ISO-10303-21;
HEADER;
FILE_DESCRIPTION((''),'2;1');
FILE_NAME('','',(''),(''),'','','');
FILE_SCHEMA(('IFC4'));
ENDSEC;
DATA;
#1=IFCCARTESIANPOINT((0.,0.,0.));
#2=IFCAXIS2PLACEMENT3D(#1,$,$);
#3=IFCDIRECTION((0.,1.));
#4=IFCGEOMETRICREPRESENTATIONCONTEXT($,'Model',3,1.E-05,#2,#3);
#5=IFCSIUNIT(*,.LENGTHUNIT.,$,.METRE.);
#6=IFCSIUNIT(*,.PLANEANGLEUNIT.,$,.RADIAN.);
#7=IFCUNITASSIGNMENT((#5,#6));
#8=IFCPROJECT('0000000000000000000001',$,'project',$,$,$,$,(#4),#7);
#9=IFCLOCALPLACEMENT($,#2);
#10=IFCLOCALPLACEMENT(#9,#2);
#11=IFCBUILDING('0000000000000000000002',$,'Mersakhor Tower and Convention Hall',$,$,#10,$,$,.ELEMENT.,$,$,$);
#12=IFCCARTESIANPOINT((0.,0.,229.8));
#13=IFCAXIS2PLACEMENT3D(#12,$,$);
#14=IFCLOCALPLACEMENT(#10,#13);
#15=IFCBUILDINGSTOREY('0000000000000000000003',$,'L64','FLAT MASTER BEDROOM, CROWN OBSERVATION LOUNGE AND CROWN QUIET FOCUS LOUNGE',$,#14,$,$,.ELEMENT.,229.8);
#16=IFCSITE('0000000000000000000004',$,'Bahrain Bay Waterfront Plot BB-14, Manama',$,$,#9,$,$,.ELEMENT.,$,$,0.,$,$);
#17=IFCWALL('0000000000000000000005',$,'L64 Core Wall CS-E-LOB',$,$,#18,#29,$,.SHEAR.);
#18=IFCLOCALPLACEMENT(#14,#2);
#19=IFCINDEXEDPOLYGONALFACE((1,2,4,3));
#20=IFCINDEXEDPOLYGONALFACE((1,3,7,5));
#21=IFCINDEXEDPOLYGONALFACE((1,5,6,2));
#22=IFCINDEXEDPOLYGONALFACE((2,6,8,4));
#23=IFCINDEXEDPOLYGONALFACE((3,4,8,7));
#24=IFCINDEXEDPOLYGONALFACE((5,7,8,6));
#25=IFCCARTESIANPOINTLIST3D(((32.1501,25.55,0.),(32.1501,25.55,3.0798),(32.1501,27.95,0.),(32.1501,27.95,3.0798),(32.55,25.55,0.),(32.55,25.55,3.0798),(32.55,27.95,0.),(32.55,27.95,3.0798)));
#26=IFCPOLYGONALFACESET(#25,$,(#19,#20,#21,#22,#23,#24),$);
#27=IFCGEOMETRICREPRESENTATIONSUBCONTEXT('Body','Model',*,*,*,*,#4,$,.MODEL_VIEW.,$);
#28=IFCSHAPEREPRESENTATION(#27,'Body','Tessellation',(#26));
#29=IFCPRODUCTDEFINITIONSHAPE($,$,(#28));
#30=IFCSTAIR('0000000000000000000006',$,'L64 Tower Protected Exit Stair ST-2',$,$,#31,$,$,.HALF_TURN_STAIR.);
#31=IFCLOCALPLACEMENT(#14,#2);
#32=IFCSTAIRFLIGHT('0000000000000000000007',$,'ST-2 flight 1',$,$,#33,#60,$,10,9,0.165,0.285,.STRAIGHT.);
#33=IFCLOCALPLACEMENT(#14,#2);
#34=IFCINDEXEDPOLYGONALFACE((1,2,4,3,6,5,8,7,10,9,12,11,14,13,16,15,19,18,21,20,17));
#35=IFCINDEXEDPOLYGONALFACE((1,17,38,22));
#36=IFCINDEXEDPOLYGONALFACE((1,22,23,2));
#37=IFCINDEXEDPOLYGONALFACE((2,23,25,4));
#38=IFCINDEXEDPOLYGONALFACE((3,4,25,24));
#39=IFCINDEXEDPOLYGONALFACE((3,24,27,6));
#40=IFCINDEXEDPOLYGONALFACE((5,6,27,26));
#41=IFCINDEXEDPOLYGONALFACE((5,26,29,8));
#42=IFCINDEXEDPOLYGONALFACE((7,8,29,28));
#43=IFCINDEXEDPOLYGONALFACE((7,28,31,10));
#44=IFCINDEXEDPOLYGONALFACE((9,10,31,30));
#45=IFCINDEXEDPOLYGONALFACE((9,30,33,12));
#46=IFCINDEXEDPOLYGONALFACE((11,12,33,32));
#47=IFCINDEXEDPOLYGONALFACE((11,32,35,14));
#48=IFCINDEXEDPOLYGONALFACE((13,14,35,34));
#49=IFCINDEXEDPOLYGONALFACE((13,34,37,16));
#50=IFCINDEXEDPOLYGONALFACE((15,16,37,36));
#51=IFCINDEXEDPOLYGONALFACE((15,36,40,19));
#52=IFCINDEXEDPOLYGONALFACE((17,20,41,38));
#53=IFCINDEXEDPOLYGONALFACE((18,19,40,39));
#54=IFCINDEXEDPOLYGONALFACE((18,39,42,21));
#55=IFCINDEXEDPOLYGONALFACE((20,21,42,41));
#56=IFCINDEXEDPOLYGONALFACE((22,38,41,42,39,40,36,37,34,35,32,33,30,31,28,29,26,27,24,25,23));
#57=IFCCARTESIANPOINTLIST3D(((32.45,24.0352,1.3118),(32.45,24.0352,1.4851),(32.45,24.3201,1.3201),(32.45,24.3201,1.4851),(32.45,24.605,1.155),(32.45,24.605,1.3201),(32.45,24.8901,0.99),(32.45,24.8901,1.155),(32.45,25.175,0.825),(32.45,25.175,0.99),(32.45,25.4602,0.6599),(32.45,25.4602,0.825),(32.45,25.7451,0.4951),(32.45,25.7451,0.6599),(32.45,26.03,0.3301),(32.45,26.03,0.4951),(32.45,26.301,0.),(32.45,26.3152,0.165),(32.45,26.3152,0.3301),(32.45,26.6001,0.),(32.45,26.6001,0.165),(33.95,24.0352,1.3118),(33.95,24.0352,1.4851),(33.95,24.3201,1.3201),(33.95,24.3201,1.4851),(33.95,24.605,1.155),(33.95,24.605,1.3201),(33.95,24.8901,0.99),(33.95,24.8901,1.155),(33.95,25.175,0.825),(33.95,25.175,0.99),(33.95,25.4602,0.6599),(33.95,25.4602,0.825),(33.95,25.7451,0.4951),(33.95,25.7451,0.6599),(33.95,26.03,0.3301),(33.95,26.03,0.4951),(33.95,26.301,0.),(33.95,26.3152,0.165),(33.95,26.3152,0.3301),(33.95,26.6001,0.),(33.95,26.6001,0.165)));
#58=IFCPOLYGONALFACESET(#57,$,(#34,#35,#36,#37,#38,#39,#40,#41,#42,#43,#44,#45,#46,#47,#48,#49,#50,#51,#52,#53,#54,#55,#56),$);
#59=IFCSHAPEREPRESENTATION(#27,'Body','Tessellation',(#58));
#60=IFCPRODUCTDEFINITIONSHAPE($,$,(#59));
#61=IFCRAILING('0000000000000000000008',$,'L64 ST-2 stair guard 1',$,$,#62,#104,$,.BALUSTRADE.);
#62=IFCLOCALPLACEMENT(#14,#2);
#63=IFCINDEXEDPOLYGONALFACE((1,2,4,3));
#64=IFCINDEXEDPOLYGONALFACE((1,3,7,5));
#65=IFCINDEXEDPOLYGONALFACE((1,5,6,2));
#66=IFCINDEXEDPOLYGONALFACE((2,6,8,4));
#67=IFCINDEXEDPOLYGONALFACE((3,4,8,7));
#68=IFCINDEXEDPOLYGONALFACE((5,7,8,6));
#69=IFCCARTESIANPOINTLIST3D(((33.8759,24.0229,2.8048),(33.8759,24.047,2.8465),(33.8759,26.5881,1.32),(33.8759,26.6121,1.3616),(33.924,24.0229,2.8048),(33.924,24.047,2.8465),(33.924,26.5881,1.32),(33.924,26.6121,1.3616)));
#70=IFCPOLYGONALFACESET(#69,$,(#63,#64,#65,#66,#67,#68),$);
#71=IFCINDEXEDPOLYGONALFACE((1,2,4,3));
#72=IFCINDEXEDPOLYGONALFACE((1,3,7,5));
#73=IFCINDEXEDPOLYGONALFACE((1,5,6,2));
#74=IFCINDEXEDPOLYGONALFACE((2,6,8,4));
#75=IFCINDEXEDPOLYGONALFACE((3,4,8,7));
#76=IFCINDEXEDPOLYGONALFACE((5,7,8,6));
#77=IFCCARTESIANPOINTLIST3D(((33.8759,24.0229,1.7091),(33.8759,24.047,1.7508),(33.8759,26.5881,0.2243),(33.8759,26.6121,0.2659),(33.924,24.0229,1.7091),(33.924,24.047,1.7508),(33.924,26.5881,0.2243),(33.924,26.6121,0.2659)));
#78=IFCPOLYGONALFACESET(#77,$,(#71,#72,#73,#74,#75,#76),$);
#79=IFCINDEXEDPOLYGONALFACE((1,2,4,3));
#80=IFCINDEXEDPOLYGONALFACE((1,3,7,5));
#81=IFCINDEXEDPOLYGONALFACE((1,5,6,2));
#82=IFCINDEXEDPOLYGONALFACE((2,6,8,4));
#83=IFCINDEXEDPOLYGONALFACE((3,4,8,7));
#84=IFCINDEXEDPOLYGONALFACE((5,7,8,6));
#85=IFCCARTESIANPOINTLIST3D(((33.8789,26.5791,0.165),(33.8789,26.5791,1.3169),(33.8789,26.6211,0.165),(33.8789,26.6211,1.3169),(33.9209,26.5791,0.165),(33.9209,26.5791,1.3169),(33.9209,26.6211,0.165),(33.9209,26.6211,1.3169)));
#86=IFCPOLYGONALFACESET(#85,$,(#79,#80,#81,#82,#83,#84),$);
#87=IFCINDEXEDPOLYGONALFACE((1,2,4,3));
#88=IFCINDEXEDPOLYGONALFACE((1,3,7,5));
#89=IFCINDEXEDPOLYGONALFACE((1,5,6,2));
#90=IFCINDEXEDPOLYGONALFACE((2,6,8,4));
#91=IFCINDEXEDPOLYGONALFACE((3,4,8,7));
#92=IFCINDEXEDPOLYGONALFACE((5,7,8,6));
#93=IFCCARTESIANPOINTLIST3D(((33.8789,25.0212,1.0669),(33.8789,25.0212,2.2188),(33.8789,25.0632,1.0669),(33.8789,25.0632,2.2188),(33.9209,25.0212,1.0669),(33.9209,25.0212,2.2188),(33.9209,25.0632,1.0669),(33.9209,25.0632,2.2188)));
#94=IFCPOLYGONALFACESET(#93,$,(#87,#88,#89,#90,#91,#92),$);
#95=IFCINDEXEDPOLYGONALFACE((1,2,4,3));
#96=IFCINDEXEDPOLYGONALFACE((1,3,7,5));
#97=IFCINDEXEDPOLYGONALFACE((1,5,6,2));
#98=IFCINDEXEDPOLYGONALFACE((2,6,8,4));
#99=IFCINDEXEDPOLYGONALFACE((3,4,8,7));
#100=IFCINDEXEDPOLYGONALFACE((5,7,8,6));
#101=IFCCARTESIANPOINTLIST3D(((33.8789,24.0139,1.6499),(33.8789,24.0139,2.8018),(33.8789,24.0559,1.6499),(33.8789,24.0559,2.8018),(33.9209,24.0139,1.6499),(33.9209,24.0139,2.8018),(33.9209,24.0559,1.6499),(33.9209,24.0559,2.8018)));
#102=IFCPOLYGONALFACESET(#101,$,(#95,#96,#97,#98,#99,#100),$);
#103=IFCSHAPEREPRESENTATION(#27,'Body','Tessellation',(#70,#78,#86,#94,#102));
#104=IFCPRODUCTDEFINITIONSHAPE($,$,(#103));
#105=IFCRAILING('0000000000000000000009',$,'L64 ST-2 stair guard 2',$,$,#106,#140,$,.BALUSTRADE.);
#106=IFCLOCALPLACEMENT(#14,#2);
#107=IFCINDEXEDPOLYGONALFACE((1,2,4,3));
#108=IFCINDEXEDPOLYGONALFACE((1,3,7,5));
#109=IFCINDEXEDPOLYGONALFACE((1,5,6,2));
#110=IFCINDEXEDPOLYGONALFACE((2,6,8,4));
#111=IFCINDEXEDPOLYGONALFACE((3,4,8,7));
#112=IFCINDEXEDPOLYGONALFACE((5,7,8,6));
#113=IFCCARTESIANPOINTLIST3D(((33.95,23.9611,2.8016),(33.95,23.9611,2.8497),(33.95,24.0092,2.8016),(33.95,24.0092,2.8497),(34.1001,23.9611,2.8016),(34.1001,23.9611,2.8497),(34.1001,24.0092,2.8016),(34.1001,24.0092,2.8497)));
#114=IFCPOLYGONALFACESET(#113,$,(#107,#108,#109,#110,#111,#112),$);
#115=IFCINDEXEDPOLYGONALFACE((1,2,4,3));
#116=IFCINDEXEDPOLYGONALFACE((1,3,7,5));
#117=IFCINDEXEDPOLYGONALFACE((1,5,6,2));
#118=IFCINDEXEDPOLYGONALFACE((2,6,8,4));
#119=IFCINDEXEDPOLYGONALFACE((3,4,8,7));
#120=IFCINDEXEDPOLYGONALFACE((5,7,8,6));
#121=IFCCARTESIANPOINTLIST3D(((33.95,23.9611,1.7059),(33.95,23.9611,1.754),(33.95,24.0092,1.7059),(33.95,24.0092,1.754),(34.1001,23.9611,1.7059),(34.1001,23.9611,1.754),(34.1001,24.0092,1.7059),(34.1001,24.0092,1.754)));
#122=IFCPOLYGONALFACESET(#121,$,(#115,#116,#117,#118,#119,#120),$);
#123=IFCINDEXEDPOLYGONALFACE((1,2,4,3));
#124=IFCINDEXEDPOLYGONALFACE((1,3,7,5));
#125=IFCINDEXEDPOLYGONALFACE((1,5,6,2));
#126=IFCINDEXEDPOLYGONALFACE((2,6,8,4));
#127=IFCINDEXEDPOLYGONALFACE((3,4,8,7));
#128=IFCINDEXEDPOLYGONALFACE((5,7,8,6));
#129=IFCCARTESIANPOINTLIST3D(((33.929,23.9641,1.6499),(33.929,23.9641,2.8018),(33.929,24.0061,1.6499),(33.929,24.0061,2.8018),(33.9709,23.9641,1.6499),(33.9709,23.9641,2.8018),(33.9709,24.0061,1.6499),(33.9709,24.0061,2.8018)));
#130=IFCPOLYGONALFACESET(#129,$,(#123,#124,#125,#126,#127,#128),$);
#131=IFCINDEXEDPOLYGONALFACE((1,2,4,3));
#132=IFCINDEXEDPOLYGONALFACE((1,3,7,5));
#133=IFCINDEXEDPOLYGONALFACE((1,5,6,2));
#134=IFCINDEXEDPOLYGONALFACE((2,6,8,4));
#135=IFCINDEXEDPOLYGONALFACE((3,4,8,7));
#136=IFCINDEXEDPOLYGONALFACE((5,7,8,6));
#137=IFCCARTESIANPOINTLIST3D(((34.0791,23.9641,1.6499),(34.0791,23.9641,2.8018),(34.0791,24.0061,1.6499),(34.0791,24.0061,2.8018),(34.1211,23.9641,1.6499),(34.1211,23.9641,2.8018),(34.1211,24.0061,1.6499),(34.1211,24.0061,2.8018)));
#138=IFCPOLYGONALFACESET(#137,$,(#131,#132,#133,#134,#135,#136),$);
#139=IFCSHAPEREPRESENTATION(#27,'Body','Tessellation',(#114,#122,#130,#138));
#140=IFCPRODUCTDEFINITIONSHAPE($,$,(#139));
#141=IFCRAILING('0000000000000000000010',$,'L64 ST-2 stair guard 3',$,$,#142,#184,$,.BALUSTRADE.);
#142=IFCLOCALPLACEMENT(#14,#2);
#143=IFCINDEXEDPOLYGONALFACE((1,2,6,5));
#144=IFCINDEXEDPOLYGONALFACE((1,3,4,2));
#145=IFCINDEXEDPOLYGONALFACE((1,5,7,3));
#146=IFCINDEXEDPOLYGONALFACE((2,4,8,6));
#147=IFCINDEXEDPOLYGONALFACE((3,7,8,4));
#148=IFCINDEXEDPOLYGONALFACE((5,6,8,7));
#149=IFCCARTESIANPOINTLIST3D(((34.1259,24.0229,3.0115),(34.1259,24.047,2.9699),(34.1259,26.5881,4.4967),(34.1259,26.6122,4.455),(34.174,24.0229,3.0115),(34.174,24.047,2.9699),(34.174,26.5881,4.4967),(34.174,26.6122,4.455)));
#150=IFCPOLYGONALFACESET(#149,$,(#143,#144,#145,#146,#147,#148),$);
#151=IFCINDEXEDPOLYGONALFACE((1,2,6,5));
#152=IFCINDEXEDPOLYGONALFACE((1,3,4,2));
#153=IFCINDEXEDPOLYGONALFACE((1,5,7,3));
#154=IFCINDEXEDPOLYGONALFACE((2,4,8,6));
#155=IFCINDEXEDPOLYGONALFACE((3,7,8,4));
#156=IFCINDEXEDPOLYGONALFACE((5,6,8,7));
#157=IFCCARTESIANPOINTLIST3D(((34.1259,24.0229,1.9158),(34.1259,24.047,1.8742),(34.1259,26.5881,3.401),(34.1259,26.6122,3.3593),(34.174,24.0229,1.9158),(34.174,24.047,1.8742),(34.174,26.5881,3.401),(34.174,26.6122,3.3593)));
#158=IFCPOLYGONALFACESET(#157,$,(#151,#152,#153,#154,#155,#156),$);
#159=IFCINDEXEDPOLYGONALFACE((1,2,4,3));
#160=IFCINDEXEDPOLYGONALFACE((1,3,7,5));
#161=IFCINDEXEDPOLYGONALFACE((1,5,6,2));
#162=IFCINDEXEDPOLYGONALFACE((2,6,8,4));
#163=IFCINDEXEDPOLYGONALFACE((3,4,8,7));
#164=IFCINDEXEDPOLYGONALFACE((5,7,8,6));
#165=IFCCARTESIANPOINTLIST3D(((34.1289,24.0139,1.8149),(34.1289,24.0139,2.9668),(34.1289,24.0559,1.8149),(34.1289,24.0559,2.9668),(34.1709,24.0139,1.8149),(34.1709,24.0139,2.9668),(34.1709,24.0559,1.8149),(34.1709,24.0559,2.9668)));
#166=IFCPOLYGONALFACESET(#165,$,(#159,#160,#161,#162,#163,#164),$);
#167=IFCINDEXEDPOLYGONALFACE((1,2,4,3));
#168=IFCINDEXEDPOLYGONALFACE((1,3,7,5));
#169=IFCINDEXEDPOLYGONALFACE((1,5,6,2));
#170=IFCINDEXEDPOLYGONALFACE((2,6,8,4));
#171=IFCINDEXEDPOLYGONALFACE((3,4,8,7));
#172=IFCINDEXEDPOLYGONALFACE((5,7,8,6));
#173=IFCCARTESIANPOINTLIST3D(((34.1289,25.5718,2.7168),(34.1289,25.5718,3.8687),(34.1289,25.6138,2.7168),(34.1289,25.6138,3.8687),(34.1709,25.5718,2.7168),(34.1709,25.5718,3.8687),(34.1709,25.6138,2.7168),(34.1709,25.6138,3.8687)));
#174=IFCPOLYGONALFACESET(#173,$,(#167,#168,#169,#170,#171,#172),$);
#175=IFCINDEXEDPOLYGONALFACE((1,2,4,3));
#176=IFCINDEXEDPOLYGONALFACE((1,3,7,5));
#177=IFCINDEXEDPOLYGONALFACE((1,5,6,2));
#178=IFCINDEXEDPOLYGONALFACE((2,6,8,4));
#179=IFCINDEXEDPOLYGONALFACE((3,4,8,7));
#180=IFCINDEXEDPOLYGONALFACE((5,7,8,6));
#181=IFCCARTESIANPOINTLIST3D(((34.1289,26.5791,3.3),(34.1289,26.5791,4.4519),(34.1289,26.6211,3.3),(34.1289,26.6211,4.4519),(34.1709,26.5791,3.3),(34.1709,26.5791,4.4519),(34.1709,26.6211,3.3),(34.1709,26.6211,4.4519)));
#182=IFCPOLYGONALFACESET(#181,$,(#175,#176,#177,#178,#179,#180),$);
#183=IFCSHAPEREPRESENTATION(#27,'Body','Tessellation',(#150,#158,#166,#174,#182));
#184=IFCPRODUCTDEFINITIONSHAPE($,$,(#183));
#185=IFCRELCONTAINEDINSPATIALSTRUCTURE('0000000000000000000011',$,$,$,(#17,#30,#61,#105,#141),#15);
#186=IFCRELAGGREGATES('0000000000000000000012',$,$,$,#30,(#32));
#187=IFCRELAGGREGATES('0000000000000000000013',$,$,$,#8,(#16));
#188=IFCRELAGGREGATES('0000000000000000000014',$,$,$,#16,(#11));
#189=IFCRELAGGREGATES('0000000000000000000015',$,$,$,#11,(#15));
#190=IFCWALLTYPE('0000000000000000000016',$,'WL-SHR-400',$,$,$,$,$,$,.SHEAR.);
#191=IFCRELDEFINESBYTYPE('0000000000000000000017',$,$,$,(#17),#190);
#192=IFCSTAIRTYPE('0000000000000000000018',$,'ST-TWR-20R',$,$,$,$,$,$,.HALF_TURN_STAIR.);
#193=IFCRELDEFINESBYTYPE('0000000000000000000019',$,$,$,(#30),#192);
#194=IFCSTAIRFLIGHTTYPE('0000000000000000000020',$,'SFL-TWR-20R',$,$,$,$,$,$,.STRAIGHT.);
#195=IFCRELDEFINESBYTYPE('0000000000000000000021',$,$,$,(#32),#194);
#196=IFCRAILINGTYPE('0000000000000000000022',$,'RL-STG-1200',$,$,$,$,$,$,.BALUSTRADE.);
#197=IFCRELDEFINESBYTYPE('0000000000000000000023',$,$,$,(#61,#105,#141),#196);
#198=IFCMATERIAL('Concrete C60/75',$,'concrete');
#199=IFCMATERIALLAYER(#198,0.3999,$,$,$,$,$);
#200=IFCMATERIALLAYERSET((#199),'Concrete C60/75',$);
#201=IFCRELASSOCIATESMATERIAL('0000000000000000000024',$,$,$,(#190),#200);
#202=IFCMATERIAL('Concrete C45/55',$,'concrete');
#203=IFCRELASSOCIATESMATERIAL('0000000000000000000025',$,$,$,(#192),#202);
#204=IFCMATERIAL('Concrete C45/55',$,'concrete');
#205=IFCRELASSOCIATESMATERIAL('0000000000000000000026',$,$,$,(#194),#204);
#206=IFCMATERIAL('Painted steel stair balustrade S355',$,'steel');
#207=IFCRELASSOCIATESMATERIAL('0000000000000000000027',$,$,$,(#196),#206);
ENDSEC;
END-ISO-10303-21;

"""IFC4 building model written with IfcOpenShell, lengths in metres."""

from ifc_helpers import new_model, si_unit, direction, frame, frame_2d, origin, origin_2d, place, context, subcontext, project, spatial, polyline, rectangle, outline, extrude, material, layer, layer_set, type_object, element, aggregate, save


model = new_model("IFC4")

# Units and contexts
model_context = context("Model", 3, precision=1e-05, world=origin(), true_north=direction((0.0, 1.0)))
body_context = subcontext(model_context, "Body", "Model", "MODEL_VIEW")
ifc_project = project(units=[si_unit("LENGTHUNIT", "METRE"), si_unit("PLANEANGLEUNIT", "RADIAN")], contexts=[model_context])

# Site, building, storey
site_placement = place(None, origin())
site = spatial("IfcSite", under=ifc_project, at=site_placement, Name="Bahrain Bay Waterfront Plot BB-14, Manama", CompositionType="ELEMENT", RefElevation=0.0)
building_placement = place(site_placement, origin())
building = spatial("IfcBuilding", under=site, at=building_placement, Name="Mersakhor Tower and Convention Hall", CompositionType="ELEMENT")
storey_placement = place(building_placement, frame((0.0, 0.0, 229.8)))
storey = spatial("IfcBuildingStorey", under=building, at=storey_placement, Name="L64", Description="FLAT MASTER BEDROOM, CROWN OBSERVATION LOUNGE AND CROWN QUIET FOCUS LOUNGE", CompositionType="ELEMENT", Elevation=229.8)

# Shared definitions
ifc_material_1 = material(Name="Concrete C60/75", Category="concrete")
ifc_layer_1 = layer(ifc_material_1, 0.3999)
ifc_layer_set_1 = layer_set([ifc_layer_1], Name="Concrete C60/75")
wall_type_1 = type_object("IfcWallType", Name="WL-SHR-400", PredefinedType="SHEAR", material=ifc_layer_set_1)

# Wall
wall_1_placement = place(storey_placement, frame((32.3501, 25.55, 0.0), z_axis=(0.0, 0.0, 1.0), x_axis=(0.0, 1.0, 0.0)))
element("IfcWall", 1, at=wall_1_placement, inside=storey, type_object=wall_type_1, Name="L64 Core Wall CS-E-LOB", PredefinedType="SHEAR", context=body_context, shape_type="SweptSolid", body=[
    extrude(rectangle(XDim=2.3999, YDim=0.3999, at=frame_2d((1.2, 0.0))), origin(), (0.0, 0.0, 1.0), 3.0798),
])

# Stair, stair flight
ifc_material_2 = material(Name="Concrete C45/55", Category="concrete")
stair_type = type_object("IfcStairType", Name="ST-TWR-20R", PredefinedType="HALF_TURN_STAIR", material=ifc_material_2)
stair_placement = place(storey_placement, origin())
stair = element("IfcStair", 2, at=stair_placement, inside=storey, type_object=stair_type, Name="L64 Tower Protected Exit Stair ST-2", PredefinedType="HALF_TURN_STAIR")
ifc_material_3 = material(Name="Concrete C45/55", Category="concrete")
stair_flight_type = type_object("IfcStairFlightType", Name="SFL-TWR-20R", PredefinedType="STRAIGHT", material=ifc_material_3)
stair_flight_placement = place(storey_placement, frame((33.2, 26.6001, 0.0), z_axis=(0.0, 0.0, 1.0), x_axis=(0.0, -1.0, 0.0)))
stair_flight = element("IfcStairFlight", 3, at=stair_flight_placement, type_object=stair_flight_type, Name="ST-2 flight 1", NumberOfRisers=10, NumberOfTreads=9, PredefinedType="STRAIGHT", RiserHeight=0.165, TreadLength=0.285, context=body_context, shape_type="SweptSolid", body=[
    extrude(outline(polyline([(0.0, 0.0), (0.0, 0.165), (0.2849, 0.165), (0.2849, 0.3301), (0.5701, 0.3301), (0.5701, 0.4951), (0.855, 0.4951), (0.855, 0.6599), (1.1399, 0.6599), (1.1399, 0.825), (1.425, 0.825), (1.425, 0.99), (1.71, 0.99), (1.71, 1.155), (1.9951, 1.155), (1.9951, 1.3201), (2.28, 1.3201), (2.28, 1.4851), (2.5649, 1.4851), (2.5649, 1.6499), (2.5649, 1.3118), (0.2991, 0.0), (0.0, 0.0)])), frame((0.0, 0.75, 0.0), z_axis=(0.0, -1.0, 0.0), x_axis=(1.0, 0.0, 0.0)), (0.0, 0.0, 1.0), 1.5),
])
aggregate(stair, [stair_flight])

# Railings
ifc_material_4 = material(Name="Painted steel stair balustrade S355", Category="steel")
railing_type = type_object("IfcRailingType", Name="RL-STG-1200", PredefinedType="BALUSTRADE", material=ifc_material_4)
railing_1_placement = place(storey_placement, frame((33.8999, 26.6001, 0.165)))
element("IfcRailing", 4, at=railing_1_placement, inside=storey, type_object=railing_type, Name="L64 ST-2 stair guard 1", PredefinedType="BALUSTRADE", context=body_context, shape_type="SweptSolid", body=[
    extrude(rectangle(XDim=0.0481, YDim=0.0481, at=origin_2d()), frame((0.0, 0.0, 1.1758), z_axis=(0.0, -0.865462, 0.500975), x_axis=(1.0, 0.0, 0.0)), (0.0, 0.0, 1.0), 2.9639),
    extrude(rectangle(XDim=0.0481, YDim=0.0481, at=origin_2d()), frame((0.0, 0.0, 0.0801), z_axis=(0.0, -0.865462, 0.500975), x_axis=(1.0, 0.0, 0.0)), (0.0, 0.0, 1.0), 2.9639),
    extrude(rectangle(XDim=0.042, YDim=0.042, at=origin_2d()), origin(), (0.0, 0.0, 1.0), 1.1519),
    extrude(rectangle(XDim=0.042, YDim=0.042, at=origin_2d()), frame((0.0, -1.5579, 0.9019)), (0.0, 0.0, 1.0), 1.1519),
    extrude(rectangle(XDim=0.042, YDim=0.042, at=origin_2d()), frame((0.0, -2.5652, 1.4849)), (0.0, 0.0, 1.0), 1.1519),
])
railing_2_placement = place(storey_placement, frame((33.95, 23.9851, 1.6499)))
element("IfcRailing", 5, at=railing_2_placement, inside=storey, type_object=railing_type, Name="L64 ST-2 stair guard 2", PredefinedType="BALUSTRADE", context=body_context, shape_type="SweptSolid", body=[
    extrude(rectangle(XDim=0.0481, YDim=0.0481, at=origin_2d()), frame((0.0, 0.0, 1.1758), z_axis=(1.0, 0.0, 0.0), x_axis=(0.0, 1.0, 0.0)), (0.0, 0.0, 1.0), 0.1501),
    extrude(rectangle(XDim=0.0481, YDim=0.0481, at=origin_2d()), frame((0.0, 0.0, 0.0801), z_axis=(1.0, 0.0, 0.0), x_axis=(0.0, 1.0, 0.0)), (0.0, 0.0, 1.0), 0.1501),
    extrude(rectangle(XDim=0.042, YDim=0.042, at=origin_2d()), origin(), (0.0, 0.0, 1.0), 1.1519),
    extrude(rectangle(XDim=0.042, YDim=0.042, at=origin_2d()), frame((0.1501, 0.0, 0.0)), (0.0, 0.0, 1.0), 1.1519),
])
railing_3_placement = place(storey_placement, frame((34.1499, 24.0349, 1.8149)))
element("IfcRailing", 6, at=railing_3_placement, inside=storey, type_object=railing_type, Name="L64 ST-2 stair guard 3", PredefinedType="BALUSTRADE", context=body_context, shape_type="SweptSolid", body=[
    extrude(rectangle(XDim=0.0481, YDim=0.0481, at=origin_2d()), frame((0.0, 0.0, 1.1758), z_axis=(0.0, 0.865426, 0.501036), x_axis=(-1.0, 0.0, 0.0)), (0.0, 0.0, 1.0), 2.9641),
    extrude(rectangle(XDim=0.0481, YDim=0.0481, at=origin_2d()), frame((0.0, 0.0, 0.0801), z_axis=(0.0, 0.865426, 0.501036), x_axis=(-1.0, 0.0, 0.0)), (0.0, 0.0, 1.0), 2.9641),
    extrude(rectangle(XDim=0.042, YDim=0.042, at=origin_2d()), origin(), (0.0, 0.0, 1.0), 1.1519),
    extrude(rectangle(XDim=0.042, YDim=0.042, at=origin_2d()), frame((0.0, 1.5579, 0.9019)), (0.0, 0.0, 1.0), 1.1519),
    extrude(rectangle(XDim=0.042, YDim=0.042, at=origin_2d()), frame((0.0, 2.5652, 1.4851)), (0.0, 0.0, 1.0), 1.1519),
])

save(model, "model.ifc")
